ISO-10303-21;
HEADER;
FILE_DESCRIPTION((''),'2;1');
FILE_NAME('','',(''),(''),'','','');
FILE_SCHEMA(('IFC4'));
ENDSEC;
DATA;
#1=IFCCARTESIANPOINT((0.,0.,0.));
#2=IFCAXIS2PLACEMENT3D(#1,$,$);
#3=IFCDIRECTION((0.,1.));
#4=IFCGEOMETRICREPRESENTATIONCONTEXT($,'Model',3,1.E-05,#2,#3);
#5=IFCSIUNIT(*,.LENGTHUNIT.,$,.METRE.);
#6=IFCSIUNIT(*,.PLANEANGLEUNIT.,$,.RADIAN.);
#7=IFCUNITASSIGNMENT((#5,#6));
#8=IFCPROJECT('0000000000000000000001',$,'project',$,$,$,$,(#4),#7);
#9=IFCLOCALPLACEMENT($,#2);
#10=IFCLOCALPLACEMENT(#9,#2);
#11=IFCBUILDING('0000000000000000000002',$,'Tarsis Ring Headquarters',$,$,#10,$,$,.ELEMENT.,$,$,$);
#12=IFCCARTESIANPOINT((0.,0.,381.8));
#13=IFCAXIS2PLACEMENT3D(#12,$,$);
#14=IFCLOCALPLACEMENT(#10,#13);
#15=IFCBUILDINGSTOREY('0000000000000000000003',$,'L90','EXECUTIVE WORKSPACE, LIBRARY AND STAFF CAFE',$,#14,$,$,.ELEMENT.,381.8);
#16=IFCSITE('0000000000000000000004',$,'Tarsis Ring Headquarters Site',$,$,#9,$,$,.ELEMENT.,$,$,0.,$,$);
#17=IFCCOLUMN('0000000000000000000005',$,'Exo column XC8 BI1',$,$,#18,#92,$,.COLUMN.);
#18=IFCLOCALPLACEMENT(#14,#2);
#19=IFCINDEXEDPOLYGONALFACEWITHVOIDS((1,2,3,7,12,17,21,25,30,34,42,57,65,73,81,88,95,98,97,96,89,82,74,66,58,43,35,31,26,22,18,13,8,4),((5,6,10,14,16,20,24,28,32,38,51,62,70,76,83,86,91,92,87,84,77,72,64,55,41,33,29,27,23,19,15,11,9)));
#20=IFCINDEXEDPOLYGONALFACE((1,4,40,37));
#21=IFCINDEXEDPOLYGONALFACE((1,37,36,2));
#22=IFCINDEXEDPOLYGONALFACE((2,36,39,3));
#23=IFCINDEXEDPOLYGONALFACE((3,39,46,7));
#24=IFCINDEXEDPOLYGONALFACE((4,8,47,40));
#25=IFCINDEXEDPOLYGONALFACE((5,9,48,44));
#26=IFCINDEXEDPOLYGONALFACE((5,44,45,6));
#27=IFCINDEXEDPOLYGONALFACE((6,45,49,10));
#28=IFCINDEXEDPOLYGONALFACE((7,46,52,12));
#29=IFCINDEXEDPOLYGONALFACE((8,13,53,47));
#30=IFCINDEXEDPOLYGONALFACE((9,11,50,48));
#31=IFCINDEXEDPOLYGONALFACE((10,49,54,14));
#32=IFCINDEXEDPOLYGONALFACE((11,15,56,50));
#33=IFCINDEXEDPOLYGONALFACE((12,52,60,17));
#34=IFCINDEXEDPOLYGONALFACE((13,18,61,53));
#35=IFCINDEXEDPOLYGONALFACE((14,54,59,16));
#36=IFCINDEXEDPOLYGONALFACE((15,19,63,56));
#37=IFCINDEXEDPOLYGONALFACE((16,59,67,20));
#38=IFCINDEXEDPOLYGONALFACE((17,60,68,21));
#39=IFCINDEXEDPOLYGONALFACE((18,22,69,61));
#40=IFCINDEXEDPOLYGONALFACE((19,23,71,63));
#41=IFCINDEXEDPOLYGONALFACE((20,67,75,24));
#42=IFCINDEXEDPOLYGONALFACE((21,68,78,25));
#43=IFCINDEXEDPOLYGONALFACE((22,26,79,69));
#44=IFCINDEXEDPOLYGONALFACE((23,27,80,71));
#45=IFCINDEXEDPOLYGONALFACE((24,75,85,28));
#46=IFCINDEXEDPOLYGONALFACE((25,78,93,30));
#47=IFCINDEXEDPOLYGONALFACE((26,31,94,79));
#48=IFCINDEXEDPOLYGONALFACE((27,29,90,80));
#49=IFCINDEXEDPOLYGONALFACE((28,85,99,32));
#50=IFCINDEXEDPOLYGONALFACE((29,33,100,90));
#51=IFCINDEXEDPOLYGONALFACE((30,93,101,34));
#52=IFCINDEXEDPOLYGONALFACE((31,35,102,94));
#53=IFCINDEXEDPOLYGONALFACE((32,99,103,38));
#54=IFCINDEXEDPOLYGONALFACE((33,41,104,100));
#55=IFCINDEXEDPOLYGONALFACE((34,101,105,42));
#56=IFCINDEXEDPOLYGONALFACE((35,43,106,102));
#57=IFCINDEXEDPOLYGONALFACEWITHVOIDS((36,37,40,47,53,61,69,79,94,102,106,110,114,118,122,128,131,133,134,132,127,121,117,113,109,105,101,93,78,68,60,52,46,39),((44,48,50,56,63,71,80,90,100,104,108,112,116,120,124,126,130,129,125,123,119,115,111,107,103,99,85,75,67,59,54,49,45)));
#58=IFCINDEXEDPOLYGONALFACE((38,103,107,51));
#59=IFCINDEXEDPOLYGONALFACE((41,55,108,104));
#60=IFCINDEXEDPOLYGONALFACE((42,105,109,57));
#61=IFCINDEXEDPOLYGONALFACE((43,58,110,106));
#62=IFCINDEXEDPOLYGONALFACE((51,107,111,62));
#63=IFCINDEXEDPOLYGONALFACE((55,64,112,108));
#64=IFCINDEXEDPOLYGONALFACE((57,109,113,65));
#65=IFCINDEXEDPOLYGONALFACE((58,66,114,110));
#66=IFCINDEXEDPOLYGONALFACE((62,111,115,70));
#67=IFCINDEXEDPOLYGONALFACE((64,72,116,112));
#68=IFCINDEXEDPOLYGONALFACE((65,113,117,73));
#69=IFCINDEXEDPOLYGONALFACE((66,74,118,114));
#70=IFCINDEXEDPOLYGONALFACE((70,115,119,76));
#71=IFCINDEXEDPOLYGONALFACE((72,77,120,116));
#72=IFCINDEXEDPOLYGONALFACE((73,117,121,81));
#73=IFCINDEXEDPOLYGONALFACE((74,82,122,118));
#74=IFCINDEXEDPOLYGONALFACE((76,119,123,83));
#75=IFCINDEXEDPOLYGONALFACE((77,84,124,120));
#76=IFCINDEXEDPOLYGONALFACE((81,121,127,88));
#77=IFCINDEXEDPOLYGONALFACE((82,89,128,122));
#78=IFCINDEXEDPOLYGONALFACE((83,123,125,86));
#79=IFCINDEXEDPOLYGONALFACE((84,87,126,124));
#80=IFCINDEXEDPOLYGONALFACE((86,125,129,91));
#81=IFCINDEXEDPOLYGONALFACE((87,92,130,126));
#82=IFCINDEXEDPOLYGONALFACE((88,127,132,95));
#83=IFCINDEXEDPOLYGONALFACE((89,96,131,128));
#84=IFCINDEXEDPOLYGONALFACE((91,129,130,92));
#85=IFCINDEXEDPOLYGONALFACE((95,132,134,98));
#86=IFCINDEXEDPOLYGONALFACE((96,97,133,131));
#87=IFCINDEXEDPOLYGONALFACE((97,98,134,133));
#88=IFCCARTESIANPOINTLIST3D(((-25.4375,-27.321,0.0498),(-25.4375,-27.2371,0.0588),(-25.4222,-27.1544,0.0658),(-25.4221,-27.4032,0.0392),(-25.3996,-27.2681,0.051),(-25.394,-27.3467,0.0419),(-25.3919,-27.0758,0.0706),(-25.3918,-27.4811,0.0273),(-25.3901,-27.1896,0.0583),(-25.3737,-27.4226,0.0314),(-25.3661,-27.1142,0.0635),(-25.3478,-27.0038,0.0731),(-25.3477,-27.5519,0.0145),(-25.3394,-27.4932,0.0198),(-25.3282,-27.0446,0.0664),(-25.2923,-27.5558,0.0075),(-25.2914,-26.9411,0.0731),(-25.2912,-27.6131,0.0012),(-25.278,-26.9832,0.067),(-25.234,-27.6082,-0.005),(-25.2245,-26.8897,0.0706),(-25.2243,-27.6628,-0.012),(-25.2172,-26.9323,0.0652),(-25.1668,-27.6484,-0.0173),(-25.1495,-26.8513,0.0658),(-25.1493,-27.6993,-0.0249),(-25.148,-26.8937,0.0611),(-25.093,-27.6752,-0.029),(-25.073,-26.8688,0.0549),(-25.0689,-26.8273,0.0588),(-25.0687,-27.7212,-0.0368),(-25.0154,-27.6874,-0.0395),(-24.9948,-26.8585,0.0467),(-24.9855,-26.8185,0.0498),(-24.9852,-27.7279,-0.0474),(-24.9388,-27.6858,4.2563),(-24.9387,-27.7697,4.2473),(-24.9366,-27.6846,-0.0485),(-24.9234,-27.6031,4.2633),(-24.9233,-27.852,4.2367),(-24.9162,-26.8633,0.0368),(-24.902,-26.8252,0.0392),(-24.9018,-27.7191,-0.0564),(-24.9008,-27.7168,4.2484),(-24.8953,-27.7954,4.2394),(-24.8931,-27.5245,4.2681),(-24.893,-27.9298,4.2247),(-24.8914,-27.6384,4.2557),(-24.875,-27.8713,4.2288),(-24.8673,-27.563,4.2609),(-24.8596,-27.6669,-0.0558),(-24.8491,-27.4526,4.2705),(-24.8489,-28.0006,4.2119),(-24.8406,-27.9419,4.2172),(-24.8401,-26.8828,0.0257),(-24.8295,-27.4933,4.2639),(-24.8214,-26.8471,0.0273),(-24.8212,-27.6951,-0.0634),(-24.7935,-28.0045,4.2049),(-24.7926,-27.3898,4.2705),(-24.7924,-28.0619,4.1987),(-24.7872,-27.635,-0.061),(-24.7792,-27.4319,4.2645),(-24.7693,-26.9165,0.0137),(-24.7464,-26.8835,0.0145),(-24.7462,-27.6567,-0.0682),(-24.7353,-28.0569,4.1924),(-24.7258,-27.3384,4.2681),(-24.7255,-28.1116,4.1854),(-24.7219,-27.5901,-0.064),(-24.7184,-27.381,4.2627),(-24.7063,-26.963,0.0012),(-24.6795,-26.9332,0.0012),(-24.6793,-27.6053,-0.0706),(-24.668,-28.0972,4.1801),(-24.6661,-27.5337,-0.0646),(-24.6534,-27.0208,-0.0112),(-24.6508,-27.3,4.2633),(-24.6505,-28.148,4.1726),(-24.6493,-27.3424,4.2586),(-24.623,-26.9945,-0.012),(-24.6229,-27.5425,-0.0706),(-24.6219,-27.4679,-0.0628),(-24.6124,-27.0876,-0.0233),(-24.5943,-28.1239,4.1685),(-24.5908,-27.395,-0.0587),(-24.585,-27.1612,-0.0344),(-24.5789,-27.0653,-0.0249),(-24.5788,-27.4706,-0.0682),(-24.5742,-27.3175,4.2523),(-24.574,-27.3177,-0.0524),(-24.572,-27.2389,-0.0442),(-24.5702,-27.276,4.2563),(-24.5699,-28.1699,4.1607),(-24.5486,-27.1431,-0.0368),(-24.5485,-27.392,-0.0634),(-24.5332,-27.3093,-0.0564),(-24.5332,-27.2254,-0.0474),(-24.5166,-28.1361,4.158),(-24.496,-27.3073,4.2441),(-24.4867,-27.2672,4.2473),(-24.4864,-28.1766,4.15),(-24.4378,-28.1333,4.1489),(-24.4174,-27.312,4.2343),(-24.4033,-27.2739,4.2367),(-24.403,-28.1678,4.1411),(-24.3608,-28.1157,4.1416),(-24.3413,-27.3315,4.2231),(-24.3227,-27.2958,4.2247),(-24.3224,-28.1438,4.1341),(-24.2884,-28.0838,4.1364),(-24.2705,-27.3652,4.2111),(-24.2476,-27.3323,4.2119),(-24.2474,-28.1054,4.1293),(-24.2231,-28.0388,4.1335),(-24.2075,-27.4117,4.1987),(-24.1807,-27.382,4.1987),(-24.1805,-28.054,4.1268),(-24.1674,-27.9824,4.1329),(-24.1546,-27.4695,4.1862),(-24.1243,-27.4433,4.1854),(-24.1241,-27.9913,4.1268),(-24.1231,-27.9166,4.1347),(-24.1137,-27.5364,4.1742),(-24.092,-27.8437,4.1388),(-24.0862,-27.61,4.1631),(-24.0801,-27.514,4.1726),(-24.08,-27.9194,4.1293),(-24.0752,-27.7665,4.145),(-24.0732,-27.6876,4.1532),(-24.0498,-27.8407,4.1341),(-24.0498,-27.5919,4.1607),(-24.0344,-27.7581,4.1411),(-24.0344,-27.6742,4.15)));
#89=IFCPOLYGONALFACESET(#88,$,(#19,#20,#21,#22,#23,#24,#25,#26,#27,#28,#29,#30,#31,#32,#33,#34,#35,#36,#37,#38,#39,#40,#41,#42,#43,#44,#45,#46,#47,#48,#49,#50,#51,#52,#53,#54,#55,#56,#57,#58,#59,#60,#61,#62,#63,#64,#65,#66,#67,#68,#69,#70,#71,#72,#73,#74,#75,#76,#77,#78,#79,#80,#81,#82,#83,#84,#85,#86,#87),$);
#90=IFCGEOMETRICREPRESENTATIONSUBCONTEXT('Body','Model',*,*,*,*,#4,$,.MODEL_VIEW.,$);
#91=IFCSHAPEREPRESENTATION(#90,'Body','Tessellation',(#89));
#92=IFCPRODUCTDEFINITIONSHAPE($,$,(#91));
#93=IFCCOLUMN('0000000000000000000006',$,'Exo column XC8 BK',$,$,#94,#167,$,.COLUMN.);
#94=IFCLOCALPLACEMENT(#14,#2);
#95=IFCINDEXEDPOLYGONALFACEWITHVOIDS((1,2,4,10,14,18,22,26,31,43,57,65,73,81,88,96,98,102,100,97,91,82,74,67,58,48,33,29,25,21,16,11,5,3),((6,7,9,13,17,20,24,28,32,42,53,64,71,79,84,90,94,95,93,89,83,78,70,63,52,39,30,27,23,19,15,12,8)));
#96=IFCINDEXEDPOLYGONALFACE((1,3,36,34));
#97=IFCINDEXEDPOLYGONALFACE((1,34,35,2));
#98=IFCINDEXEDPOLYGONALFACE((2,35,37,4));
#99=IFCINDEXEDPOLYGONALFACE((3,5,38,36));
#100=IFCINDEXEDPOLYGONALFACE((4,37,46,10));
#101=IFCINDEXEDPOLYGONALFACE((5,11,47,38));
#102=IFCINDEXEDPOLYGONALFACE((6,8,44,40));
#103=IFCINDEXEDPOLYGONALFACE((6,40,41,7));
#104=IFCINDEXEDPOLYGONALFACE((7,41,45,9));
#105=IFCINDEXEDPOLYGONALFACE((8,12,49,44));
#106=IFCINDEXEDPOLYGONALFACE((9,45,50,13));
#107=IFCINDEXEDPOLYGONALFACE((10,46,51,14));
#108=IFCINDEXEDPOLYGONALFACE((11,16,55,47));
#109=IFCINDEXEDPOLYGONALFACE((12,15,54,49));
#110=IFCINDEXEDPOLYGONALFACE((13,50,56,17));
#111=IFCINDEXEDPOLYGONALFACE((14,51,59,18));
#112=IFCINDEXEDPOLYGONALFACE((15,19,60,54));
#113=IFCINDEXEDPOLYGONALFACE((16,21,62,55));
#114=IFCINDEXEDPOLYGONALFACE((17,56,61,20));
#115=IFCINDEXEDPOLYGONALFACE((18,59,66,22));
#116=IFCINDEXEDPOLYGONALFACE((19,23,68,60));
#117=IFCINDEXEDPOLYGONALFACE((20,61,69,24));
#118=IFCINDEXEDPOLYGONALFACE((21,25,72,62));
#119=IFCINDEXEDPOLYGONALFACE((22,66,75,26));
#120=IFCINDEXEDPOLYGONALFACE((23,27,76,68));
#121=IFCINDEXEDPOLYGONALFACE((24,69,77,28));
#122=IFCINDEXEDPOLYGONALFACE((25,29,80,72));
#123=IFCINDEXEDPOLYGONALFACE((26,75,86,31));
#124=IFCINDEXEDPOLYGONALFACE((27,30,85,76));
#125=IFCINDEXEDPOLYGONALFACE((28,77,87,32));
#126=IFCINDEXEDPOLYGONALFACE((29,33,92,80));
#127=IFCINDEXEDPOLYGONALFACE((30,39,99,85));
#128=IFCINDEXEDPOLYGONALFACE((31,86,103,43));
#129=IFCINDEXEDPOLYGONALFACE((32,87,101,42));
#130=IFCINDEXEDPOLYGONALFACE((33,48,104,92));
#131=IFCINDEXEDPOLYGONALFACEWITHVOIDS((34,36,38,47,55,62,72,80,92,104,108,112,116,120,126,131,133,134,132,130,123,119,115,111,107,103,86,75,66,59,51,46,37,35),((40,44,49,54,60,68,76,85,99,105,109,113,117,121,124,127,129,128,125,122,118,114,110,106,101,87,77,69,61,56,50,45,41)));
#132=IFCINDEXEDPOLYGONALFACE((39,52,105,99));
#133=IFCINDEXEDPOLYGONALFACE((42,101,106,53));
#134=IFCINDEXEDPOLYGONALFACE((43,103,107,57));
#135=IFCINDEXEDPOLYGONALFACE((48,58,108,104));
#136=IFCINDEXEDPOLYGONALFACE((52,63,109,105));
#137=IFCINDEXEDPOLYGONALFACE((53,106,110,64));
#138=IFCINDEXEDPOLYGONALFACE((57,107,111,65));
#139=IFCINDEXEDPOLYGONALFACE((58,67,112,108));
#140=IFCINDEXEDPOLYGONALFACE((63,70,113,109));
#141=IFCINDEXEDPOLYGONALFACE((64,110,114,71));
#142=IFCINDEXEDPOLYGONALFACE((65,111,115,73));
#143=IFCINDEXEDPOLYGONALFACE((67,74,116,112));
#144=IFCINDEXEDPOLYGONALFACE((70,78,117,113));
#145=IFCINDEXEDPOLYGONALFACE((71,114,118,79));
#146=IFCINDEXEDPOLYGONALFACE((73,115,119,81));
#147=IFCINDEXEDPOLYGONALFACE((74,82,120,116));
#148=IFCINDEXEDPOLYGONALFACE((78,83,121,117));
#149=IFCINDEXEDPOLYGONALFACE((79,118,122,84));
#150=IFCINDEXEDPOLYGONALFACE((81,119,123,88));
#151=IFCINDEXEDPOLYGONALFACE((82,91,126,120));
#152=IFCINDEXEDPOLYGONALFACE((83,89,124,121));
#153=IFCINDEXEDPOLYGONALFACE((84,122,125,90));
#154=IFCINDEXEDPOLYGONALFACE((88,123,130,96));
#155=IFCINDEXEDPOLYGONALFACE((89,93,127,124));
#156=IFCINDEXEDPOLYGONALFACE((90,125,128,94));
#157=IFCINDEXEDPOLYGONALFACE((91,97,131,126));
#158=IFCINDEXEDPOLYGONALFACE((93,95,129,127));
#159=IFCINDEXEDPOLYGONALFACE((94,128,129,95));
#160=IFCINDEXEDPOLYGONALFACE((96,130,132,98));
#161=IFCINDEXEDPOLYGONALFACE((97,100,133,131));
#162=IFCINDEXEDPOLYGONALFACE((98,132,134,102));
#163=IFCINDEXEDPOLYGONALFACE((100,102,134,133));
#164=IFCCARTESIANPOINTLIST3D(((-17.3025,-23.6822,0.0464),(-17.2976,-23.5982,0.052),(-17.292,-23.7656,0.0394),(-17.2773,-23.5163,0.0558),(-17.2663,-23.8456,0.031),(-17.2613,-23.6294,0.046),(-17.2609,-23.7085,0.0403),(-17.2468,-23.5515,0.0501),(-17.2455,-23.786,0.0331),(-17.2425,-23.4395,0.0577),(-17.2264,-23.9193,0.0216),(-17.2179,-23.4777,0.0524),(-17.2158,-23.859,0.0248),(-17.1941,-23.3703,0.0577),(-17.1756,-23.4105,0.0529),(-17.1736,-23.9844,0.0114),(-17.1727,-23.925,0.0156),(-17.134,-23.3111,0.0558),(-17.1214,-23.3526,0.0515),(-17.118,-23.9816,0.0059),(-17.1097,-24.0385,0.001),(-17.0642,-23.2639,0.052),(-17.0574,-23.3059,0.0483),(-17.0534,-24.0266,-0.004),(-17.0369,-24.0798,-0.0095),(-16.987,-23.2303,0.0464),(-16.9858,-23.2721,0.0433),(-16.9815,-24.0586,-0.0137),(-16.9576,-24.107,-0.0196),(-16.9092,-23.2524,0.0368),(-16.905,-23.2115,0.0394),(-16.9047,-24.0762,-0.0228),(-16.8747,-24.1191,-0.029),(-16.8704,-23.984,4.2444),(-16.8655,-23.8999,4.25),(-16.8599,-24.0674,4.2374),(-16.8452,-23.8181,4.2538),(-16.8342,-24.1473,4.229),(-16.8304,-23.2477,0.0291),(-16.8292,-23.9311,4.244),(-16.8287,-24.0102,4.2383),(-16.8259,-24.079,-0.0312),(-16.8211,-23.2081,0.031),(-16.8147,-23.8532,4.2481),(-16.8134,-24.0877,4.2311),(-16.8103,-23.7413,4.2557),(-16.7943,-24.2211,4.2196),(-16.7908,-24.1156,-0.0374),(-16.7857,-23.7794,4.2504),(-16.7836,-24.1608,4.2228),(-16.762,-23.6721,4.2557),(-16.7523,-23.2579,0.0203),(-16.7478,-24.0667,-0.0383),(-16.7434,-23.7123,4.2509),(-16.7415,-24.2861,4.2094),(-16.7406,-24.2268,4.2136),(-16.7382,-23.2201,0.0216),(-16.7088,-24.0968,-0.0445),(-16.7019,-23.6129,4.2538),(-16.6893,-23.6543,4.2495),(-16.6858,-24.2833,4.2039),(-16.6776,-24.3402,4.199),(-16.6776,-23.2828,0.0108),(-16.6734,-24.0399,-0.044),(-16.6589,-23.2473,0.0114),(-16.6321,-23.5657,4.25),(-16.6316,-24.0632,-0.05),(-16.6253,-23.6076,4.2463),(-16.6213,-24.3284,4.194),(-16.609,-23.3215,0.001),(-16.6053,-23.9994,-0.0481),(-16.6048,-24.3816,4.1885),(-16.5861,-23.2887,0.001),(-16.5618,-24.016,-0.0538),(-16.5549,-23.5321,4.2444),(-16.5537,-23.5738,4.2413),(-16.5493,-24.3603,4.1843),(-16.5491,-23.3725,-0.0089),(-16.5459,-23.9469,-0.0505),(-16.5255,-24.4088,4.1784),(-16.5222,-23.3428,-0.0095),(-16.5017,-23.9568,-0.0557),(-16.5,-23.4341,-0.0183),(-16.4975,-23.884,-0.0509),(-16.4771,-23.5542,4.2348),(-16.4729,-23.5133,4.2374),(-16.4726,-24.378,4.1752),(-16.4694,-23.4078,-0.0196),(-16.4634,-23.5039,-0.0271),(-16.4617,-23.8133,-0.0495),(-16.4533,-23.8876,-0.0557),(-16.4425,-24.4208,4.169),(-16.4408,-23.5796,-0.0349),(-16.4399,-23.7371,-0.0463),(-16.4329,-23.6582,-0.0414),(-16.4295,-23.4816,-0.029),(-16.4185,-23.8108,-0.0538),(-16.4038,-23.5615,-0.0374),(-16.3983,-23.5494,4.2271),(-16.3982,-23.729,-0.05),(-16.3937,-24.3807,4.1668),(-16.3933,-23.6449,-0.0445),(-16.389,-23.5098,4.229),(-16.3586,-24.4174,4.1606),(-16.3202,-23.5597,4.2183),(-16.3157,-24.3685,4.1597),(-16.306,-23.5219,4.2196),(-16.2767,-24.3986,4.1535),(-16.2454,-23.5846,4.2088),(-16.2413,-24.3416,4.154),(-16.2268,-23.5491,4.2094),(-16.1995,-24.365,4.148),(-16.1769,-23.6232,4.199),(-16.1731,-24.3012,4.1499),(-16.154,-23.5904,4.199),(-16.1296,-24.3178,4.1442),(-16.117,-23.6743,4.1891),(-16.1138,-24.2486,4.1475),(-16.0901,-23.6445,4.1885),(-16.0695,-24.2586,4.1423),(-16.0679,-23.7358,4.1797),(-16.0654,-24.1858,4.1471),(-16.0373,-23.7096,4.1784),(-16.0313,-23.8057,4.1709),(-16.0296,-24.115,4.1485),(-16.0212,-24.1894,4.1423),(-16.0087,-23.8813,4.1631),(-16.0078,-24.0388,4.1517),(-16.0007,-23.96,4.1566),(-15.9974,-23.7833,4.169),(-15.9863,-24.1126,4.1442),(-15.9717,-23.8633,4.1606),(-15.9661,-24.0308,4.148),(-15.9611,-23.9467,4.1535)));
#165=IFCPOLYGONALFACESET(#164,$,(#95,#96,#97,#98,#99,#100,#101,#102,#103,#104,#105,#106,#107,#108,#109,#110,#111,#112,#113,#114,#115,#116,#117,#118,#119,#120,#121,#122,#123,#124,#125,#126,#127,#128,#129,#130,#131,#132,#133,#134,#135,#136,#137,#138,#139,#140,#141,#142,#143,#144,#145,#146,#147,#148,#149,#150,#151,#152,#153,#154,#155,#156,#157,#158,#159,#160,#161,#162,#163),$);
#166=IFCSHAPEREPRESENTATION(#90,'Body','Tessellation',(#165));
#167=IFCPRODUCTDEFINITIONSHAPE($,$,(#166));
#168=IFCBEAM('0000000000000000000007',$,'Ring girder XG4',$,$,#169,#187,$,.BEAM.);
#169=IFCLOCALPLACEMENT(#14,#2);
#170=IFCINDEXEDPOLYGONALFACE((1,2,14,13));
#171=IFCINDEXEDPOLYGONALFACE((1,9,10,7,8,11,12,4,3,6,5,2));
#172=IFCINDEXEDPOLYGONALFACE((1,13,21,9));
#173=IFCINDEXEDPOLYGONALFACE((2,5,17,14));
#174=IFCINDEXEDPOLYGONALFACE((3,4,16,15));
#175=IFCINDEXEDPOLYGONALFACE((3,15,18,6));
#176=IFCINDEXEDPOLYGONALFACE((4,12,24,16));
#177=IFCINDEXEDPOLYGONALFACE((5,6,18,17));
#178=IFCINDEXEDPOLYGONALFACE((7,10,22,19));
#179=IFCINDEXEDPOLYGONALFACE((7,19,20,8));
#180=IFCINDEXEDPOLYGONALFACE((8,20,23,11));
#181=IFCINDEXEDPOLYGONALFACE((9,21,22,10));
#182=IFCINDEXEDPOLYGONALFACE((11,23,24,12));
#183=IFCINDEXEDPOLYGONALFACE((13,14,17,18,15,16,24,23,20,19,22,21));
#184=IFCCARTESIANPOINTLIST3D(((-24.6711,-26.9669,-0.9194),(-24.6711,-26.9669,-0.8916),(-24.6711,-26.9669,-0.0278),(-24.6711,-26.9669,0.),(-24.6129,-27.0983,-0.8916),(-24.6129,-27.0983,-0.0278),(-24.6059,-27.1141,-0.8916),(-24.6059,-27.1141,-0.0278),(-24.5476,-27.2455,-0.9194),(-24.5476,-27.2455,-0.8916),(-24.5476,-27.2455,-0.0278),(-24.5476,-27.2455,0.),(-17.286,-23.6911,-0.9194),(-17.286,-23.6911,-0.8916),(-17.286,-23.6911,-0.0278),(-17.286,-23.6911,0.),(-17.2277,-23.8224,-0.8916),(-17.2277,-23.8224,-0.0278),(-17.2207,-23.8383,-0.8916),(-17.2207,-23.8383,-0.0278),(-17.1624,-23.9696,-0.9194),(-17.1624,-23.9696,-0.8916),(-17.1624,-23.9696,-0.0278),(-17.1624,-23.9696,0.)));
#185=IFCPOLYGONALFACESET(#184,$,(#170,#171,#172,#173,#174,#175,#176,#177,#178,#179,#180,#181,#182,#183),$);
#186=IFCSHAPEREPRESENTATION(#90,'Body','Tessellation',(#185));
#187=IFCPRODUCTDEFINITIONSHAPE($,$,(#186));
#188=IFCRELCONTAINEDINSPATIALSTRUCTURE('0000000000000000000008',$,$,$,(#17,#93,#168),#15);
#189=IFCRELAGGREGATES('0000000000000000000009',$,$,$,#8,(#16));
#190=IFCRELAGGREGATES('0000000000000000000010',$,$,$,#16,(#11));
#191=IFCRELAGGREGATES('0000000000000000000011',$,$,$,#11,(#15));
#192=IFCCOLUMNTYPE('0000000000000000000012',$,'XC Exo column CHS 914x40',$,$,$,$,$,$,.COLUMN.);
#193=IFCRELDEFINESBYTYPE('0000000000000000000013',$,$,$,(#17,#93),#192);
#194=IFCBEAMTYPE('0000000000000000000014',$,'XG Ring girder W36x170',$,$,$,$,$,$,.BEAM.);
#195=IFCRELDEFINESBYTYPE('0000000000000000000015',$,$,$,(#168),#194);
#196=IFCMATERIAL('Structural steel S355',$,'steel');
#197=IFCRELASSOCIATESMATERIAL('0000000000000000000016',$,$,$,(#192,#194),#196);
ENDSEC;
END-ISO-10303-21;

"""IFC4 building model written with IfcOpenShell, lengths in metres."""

from ifc_helpers import new_model, si_unit, direction, frame, origin, origin_2d, place, context, subcontext, project, spatial, hollow_circle, i_section, extrude, material, material_profile, profile_set, type_object, element, save


model = new_model("IFC4")

# Units and contexts
model_context = context("Model", 3, precision=1e-05, world=origin(), true_north=direction((0.0, 1.0)))
body_context = subcontext(model_context, "Body", "Model", "MODEL_VIEW")
ifc_project = project(units=[si_unit("LENGTHUNIT", "METRE"), si_unit("PLANEANGLEUNIT", "RADIAN")], contexts=[model_context])

# Site, building, storey
site_placement = place(None, origin())
site = spatial("IfcSite", under=ifc_project, at=site_placement, Name="Tarsis Ring Headquarters Site", CompositionType="ELEMENT", RefElevation=0.0)
building_placement = place(site_placement, origin())
building = spatial("IfcBuilding", under=site, at=building_placement, Name="Tarsis Ring Headquarters", CompositionType="ELEMENT")
storey_placement = place(building_placement, frame((0.0, 0.0, 381.8)))
storey = spatial("IfcBuildingStorey", under=building, at=storey_placement, Name="L90", Description="EXECUTIVE WORKSPACE, LIBRARY AND STAFF CAFE", CompositionType="ELEMENT", Elevation=381.8)

# Columns
ifc_material_1 = material(Name="Structural steel S355", Category="steel")
ifc_material_profile_1 = material_profile(ifc_material_1, hollow_circle(Radius=0.457, WallThickness=0.04, at=origin_2d()), Name="CHS 914x40")
ifc_profile_set_1 = profile_set([ifc_material_profile_1], Name="Structural steel S355")
column_type = type_object("IfcColumnType", Name="XC Exo column CHS 914x40", PredefinedType="COLUMN", material=ifc_profile_set_1)
column_1_placement = place(storey_placement, frame((-24.9854, -27.2732, 0.0012), z_axis=(0.117338, -0.105564, 0.987465), x_axis=(0.668824, 0.743421, 0.0)))
element("IfcColumn", 1, at=column_1_placement, inside=storey, type_object=column_type, Name="Exo column XC8 BI1", PredefinedType="COLUMN", context=body_context, shape_type="SweptSolid", body=[
    extrude(hollow_circle(Radius=0.4573, WallThickness=0.04, at=origin_2d()), origin(), (0.0, 0.0, 1.0), 4.2507),
])
column_2_placement = place(storey_placement, frame((-16.8479, -23.6636, 0.001), z_axis=(0.102135, -0.071321, 0.992211), x_axis=(0.572529, 0.819884, 0.0)))
element("IfcColumn", 2, at=column_2_placement, inside=storey, type_object=column_type, Name="Exo column XC8 BK", PredefinedType="COLUMN", context=body_context, shape_type="SweptSolid", body=[
    extrude(hollow_circle(Radius=0.4573, WallThickness=0.04, at=origin_2d()), origin(), (0.0, 0.0, 1.0), 4.231),
])

# Beam
ifc_material_profile_2 = material_profile(ifc_material_1, i_section(OverallWidth=0.3047, OverallDepth=0.9194, WebThickness=0.0173, FlangeThickness=0.0278, at=origin_2d()), Name="W36x170")
ifc_profile_set_2 = profile_set([ifc_material_profile_2], Name="Structural steel S355")
beam_type = type_object("IfcBeamType", Name="XG Ring girder W36x170", PredefinedType="BEAM", material=ifc_profile_set_2)
beam_1_placement = place(storey_placement, frame((-24.6094, -27.1062, -0.4597), z_axis=(0.914108, 0.405471, 0.0), x_axis=(-0.405471, 0.914108, 0.0)))
element("IfcBeam", 3, at=beam_1_placement, inside=storey, type_object=beam_type, Name="Ring girder XG4", PredefinedType="BEAM", context=body_context, shape_type="SweptSolid", body=[
    extrude(i_section(OverallWidth=0.3047, OverallDepth=0.9194, WebThickness=0.0173, FlangeThickness=0.0278, at=origin_2d()), origin(), (0.0, 0.0, 1.0), 8.0791),
])

save(model, "model.ifc")
